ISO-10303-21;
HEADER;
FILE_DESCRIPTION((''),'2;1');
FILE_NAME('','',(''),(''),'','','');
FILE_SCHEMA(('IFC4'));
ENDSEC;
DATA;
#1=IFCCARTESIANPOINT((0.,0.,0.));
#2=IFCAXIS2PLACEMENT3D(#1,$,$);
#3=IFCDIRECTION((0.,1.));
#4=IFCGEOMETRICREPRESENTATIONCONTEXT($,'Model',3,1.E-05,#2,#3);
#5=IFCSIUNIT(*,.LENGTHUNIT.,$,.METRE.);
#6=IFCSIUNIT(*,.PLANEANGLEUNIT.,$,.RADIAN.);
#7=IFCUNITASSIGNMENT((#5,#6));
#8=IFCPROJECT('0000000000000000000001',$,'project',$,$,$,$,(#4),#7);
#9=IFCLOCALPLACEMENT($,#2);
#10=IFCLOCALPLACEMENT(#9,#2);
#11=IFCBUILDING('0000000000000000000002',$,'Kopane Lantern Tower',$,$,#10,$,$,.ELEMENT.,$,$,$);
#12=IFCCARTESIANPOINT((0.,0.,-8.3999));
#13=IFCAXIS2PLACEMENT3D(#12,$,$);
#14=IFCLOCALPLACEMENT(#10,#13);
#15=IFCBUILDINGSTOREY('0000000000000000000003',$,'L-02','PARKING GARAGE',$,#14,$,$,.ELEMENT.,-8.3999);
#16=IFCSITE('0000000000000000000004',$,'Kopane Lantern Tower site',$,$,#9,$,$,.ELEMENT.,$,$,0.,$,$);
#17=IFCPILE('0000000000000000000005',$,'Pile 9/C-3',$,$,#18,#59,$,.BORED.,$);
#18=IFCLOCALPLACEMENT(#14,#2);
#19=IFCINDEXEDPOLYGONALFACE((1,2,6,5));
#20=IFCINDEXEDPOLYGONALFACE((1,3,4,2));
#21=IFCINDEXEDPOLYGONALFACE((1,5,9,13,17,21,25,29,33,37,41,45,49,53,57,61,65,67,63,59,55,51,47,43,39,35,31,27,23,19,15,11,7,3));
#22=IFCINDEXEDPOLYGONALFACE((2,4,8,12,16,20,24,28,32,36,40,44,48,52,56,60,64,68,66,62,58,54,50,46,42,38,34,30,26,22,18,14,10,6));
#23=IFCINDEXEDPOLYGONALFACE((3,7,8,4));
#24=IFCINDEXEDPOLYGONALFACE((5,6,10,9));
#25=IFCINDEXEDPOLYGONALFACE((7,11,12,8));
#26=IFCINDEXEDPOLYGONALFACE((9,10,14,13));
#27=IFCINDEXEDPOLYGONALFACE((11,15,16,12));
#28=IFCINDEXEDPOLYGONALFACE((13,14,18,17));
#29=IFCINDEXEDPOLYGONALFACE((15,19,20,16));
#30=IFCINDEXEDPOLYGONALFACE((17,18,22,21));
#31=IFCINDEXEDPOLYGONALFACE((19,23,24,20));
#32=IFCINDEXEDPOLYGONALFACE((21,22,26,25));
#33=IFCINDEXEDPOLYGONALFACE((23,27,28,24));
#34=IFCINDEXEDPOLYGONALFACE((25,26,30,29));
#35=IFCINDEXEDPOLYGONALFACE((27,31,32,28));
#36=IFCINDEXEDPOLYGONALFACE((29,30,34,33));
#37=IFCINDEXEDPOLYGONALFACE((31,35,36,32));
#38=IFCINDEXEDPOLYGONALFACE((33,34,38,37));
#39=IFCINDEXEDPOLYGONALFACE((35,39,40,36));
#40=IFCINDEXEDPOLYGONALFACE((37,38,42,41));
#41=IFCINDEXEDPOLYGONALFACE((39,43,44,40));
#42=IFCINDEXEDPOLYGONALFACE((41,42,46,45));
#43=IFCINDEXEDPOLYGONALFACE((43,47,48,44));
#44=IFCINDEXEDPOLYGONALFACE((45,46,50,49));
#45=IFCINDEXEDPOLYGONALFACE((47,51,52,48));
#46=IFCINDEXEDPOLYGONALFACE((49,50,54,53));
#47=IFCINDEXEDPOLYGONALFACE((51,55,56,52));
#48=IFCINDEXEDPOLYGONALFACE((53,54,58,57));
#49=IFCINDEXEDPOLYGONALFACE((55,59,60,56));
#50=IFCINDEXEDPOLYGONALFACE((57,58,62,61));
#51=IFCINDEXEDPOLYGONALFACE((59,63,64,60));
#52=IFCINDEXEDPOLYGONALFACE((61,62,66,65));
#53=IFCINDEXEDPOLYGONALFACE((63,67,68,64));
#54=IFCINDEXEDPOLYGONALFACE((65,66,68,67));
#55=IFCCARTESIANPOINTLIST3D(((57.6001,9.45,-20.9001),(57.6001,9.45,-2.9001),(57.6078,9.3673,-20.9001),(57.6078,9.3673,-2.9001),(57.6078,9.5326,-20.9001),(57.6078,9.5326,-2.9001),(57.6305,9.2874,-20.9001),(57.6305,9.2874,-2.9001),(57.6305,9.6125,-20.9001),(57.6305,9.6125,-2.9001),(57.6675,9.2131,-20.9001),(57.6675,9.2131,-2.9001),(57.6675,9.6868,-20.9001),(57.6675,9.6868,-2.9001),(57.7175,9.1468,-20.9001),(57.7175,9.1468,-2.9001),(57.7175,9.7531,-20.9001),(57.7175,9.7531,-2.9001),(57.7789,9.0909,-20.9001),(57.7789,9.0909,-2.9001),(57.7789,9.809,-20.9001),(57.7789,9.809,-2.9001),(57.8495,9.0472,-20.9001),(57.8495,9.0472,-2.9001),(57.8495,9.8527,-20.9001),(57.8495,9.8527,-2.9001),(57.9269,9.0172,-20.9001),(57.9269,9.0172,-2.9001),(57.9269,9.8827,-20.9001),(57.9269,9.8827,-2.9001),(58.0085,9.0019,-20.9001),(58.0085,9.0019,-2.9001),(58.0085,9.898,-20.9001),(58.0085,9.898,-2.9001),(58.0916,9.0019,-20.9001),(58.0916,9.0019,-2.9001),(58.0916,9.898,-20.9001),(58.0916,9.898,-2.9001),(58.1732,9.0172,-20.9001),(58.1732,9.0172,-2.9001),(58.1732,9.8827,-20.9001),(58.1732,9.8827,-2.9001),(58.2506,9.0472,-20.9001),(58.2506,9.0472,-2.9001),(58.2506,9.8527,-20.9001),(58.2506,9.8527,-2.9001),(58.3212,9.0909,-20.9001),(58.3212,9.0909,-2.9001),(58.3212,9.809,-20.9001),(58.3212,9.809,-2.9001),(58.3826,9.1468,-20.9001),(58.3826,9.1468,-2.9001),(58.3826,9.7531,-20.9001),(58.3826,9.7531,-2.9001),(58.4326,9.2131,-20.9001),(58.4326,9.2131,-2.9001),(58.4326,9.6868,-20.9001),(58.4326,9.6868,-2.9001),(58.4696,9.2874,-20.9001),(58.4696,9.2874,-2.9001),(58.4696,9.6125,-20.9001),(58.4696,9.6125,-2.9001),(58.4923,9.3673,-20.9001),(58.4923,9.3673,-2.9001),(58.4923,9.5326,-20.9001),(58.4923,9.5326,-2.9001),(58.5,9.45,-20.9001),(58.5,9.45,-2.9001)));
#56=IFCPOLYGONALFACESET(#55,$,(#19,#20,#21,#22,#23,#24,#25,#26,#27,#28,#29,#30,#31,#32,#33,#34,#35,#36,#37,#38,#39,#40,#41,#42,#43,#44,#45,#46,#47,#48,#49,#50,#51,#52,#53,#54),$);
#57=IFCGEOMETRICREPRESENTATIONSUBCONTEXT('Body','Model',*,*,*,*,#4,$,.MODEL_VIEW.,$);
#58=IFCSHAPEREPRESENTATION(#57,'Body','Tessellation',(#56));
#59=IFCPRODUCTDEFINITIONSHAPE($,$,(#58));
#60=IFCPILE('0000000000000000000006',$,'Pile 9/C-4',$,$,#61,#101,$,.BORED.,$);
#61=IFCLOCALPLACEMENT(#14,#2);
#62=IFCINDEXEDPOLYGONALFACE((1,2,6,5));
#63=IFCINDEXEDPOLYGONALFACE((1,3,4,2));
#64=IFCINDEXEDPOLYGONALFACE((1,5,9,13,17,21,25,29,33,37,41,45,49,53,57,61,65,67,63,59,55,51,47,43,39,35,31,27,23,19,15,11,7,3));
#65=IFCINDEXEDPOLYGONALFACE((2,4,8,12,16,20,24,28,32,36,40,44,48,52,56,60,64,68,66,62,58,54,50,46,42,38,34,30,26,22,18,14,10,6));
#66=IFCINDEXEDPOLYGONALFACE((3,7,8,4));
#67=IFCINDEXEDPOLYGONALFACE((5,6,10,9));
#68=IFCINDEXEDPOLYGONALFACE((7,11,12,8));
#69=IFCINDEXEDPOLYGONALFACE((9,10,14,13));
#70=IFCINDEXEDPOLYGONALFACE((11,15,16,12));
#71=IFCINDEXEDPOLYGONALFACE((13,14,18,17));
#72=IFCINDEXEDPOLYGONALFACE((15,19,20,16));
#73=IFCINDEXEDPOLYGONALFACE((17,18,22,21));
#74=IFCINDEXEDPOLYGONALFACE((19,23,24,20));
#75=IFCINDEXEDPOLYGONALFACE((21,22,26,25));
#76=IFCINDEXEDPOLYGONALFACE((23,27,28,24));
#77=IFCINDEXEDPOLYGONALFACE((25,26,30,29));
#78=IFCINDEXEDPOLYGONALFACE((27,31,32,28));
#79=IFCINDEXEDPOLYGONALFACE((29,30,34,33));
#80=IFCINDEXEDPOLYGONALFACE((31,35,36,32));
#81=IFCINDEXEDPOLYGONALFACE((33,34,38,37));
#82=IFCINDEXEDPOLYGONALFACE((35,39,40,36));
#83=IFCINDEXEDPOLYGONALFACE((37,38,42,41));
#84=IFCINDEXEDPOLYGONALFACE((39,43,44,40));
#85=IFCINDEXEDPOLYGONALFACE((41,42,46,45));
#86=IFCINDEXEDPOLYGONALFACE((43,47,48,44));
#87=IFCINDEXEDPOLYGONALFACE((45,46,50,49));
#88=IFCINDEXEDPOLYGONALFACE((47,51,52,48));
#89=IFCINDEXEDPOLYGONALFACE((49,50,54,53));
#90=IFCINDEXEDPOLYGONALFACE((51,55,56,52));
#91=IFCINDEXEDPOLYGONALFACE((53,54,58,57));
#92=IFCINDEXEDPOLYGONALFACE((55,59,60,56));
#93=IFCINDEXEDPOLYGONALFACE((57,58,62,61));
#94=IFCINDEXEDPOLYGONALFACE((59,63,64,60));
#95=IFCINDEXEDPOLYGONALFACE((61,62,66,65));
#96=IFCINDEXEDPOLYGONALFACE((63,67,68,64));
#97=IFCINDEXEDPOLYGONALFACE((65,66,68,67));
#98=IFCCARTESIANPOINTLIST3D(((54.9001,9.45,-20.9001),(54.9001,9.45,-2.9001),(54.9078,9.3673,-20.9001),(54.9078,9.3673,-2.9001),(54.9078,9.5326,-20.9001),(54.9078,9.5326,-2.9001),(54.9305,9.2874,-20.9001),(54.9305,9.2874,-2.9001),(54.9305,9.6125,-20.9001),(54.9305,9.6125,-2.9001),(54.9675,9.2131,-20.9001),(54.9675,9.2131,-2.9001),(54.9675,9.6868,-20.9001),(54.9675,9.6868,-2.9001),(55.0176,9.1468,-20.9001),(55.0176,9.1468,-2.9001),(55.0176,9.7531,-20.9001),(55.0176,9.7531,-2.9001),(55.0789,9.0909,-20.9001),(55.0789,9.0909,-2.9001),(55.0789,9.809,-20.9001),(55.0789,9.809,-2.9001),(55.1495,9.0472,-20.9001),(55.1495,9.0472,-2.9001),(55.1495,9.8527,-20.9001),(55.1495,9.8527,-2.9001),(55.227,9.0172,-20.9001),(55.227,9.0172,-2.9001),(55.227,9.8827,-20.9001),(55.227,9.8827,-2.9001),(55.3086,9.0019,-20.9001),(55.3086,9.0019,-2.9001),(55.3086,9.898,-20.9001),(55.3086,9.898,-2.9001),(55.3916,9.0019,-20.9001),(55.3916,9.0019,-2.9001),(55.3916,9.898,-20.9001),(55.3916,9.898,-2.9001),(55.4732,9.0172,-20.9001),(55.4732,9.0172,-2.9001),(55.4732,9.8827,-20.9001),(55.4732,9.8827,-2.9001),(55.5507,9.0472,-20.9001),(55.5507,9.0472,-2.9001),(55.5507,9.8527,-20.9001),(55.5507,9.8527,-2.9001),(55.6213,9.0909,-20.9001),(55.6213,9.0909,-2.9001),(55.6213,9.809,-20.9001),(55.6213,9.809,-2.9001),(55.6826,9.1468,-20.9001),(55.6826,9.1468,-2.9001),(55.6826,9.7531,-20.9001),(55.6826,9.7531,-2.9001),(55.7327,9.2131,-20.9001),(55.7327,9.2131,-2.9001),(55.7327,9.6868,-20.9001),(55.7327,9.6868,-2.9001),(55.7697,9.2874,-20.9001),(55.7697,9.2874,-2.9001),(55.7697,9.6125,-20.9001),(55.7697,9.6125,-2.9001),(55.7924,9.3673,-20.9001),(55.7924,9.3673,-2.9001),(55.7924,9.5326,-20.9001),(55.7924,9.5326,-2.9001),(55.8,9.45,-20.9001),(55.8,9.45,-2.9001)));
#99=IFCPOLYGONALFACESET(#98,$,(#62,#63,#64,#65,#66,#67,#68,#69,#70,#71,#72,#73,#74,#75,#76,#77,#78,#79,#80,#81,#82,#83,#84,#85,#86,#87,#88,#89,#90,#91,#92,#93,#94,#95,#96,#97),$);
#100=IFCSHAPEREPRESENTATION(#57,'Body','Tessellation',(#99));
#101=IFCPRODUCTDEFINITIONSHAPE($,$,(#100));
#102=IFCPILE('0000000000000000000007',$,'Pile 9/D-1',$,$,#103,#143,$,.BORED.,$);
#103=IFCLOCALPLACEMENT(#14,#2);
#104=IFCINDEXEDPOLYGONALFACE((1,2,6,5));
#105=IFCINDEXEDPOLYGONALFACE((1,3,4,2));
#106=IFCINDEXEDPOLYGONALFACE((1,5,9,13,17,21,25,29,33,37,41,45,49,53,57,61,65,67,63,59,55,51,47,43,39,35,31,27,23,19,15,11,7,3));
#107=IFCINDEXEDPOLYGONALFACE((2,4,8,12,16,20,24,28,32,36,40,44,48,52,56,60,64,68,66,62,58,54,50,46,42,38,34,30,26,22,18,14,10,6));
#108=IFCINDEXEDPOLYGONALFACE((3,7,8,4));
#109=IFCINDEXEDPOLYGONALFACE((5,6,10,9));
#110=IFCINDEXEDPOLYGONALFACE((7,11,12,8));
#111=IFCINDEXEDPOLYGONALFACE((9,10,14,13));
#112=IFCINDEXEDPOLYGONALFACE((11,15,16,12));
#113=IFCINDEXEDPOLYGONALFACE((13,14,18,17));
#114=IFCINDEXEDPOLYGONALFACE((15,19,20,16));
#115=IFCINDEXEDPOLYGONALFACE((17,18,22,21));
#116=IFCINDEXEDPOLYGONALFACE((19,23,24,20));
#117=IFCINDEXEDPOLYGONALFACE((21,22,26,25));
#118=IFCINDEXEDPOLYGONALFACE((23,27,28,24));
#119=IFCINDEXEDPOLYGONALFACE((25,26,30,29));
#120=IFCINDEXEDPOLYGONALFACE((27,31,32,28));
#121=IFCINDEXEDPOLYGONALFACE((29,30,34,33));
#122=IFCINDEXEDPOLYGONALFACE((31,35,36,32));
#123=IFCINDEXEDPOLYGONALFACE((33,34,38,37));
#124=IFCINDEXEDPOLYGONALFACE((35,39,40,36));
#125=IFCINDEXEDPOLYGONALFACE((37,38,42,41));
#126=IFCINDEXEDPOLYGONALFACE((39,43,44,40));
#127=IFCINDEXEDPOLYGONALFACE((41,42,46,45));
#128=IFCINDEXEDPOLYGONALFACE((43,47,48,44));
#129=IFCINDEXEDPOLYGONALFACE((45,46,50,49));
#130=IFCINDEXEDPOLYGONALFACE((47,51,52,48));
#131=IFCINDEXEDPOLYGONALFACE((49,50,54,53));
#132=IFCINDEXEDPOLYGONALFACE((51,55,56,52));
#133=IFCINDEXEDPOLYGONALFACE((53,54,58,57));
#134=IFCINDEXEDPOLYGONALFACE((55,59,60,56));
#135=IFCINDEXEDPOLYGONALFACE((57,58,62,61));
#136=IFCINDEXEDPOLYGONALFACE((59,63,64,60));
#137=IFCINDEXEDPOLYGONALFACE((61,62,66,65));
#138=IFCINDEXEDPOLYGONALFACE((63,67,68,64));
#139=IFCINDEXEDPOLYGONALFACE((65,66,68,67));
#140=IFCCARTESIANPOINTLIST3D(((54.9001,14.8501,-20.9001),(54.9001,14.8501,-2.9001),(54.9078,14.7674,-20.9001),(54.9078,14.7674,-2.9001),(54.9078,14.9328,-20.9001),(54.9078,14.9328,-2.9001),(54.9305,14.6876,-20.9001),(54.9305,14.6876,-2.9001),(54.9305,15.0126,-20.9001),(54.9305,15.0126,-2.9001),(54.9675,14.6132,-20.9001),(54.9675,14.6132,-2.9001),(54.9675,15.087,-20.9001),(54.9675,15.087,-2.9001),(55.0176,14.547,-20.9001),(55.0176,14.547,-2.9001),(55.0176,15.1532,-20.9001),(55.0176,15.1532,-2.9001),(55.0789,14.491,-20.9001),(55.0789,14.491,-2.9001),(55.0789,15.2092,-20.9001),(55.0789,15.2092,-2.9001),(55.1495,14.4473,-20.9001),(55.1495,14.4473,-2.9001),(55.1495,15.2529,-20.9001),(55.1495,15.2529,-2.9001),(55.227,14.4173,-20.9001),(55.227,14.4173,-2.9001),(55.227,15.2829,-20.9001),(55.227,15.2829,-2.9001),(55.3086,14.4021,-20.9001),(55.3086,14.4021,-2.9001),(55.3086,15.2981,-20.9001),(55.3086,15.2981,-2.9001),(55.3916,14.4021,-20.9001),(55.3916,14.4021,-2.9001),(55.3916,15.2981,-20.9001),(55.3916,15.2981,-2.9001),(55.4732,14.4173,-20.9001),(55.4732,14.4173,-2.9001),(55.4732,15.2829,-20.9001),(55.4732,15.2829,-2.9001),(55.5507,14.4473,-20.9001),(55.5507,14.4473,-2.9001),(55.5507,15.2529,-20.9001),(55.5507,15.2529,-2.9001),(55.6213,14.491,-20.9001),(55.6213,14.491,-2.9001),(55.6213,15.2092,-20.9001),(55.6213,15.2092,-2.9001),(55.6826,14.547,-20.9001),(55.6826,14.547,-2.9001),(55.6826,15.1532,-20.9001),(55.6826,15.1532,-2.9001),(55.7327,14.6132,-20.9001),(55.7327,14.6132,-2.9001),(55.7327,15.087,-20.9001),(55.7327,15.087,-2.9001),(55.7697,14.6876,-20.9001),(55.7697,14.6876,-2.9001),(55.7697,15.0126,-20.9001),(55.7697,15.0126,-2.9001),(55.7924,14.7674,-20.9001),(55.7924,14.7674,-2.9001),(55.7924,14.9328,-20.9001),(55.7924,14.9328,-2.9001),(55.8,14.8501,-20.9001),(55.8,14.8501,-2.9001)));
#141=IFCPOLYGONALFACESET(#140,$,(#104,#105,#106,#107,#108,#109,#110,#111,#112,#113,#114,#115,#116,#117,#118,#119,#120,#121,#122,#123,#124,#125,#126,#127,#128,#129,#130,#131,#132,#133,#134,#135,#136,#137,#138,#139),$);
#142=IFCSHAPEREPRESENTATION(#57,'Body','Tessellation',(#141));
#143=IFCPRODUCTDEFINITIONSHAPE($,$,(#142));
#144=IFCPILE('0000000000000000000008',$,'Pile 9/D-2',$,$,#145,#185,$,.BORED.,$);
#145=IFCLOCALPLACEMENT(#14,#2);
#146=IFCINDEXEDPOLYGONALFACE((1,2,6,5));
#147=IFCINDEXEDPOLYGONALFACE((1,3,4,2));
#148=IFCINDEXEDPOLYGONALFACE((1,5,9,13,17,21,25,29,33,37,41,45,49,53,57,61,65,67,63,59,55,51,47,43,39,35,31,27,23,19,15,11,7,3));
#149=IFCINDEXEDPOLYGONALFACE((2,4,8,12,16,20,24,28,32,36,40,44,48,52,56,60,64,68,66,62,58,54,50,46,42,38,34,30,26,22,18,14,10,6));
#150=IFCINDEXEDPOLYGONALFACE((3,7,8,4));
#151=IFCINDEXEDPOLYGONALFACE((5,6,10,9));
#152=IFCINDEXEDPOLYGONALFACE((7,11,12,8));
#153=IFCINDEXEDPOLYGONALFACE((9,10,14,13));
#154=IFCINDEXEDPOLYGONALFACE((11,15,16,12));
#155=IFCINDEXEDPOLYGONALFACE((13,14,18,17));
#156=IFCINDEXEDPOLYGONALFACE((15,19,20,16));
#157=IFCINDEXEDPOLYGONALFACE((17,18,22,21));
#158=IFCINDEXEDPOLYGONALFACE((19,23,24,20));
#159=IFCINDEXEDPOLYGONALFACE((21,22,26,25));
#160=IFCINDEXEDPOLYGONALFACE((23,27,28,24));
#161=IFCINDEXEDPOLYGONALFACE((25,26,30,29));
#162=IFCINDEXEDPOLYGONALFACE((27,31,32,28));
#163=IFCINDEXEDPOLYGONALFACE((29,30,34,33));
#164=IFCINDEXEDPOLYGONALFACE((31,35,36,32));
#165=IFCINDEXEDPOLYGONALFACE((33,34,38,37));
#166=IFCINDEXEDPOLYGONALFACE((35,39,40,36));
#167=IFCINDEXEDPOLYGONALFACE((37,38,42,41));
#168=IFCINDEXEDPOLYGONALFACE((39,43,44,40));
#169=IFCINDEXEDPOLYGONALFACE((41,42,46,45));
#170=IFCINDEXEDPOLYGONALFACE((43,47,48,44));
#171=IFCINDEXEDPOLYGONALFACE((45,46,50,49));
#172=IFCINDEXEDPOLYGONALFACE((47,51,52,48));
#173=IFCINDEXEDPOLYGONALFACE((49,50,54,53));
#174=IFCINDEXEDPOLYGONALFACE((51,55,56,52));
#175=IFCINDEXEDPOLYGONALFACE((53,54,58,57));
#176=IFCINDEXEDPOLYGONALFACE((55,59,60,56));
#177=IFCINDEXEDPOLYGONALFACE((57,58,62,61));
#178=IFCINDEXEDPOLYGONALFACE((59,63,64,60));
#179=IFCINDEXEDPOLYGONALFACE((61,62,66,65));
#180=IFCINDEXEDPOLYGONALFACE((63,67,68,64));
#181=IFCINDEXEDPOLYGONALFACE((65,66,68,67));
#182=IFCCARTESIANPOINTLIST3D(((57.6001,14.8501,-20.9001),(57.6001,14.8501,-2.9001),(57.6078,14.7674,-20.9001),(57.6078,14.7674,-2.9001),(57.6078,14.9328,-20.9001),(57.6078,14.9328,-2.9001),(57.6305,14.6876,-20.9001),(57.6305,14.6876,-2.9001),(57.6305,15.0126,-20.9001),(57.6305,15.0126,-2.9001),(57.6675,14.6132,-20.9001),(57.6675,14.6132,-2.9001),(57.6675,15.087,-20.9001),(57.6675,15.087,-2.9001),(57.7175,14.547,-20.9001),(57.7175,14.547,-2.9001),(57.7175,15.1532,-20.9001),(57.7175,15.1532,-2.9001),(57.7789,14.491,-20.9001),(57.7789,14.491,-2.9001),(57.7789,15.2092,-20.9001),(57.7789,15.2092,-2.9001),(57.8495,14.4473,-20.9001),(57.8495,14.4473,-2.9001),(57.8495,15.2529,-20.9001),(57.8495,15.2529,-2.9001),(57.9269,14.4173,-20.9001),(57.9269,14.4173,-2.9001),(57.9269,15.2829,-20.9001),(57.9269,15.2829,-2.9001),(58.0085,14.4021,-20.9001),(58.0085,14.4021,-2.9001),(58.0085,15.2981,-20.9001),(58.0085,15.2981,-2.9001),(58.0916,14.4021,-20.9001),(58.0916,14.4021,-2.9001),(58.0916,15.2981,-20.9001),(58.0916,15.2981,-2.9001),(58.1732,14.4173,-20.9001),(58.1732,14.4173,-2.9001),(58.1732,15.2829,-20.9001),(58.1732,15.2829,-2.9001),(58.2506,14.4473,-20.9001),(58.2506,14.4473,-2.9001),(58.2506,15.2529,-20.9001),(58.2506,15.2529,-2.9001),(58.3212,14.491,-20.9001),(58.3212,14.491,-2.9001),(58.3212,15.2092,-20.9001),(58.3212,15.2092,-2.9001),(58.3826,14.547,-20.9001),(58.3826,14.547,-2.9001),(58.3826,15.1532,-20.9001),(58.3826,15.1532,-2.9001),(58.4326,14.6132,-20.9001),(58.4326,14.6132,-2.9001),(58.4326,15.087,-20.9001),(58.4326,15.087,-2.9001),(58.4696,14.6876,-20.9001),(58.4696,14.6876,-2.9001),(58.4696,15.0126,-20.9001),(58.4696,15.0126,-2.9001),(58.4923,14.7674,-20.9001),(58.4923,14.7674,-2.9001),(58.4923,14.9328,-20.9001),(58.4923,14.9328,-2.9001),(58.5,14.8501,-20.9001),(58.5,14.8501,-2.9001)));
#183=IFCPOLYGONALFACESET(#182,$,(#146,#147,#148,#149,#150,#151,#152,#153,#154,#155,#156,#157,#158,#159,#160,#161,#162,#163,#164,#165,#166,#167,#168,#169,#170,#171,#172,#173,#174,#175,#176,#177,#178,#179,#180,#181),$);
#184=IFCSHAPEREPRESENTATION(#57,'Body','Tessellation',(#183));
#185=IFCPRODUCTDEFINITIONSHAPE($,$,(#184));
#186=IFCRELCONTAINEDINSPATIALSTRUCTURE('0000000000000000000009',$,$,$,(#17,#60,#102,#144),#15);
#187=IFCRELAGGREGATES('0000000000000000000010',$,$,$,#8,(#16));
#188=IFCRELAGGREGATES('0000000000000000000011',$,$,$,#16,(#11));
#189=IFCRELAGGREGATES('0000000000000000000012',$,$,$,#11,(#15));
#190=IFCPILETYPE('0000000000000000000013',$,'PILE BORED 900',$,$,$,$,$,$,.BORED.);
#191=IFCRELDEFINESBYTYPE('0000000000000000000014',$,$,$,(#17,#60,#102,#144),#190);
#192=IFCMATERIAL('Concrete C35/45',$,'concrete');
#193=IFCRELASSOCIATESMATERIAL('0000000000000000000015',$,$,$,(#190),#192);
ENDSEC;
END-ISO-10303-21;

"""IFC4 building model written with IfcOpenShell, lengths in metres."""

from ifc_helpers import new_model, si_unit, direction, frame, origin, origin_2d, place, context, subcontext, project, spatial, circle, extrude, material, material_profile, profile_set, type_object, element, save


model = new_model("IFC4")

# Units and contexts
model_context = context("Model", 3, precision=1e-05, world=origin(), true_north=direction((0.0, 1.0)))
body_context = subcontext(model_context, "Body", "Model", "MODEL_VIEW")
ifc_project = project(units=[si_unit("LENGTHUNIT", "METRE"), si_unit("PLANEANGLEUNIT", "RADIAN")], contexts=[model_context])

# Site, building, storey
site_placement = place(None, origin())
site = spatial("IfcSite", under=ifc_project, at=site_placement, Name="Kopane Lantern Tower site", CompositionType="ELEMENT", RefElevation=0.0)
building_placement = place(site_placement, origin())
building = spatial("IfcBuilding", under=site, at=building_placement, Name="Kopane Lantern Tower", CompositionType="ELEMENT")
storey_placement = place(building_placement, frame((0.0, 0.0, -8.3999)))
storey = spatial("IfcBuildingStorey", under=building, at=storey_placement, Name="L-02", Description="PARKING GARAGE", CompositionType="ELEMENT", Elevation=-8.3999)

# Piles
ifc_material_1 = material(Name="Concrete C35/45", Category="concrete")
ifc_material_profile_1 = material_profile(ifc_material_1, circle(Radius=0.45, at=origin_2d()), Name="D900")
ifc_profile_set_1 = profile_set([ifc_material_profile_1], Name="Concrete C35/45")
pile_type = type_object("IfcPileType", Name="PILE BORED 900", PredefinedType="BORED", material=ifc_profile_set_1)
for number, where, z_axis, x_axis, name in (
    (1, (58.05, 9.45, -2.9001), (0.0, 0.0, -1.0), (1.0, 0.0, 0.0), "Pile 9/C-3"),
    (2, (55.3501, 9.45, -2.9001), (0.0, 0.0, -1.0), (1.0, 0.0, 0.0), "Pile 9/C-4"),
    (3, (55.3501, 14.8501, -2.9001), (0.0, 0.0, -1.0), (1.0, 0.0, 0.0), "Pile 9/D-1"),
    (4, (58.05, 14.8501, -2.9001), (0.0, 0.0, -1.0), (1.0, 0.0, 0.0), "Pile 9/D-2"),
):
    element("IfcPile", number, at=place(storey_placement, frame(where, z_axis=z_axis, x_axis=x_axis)), inside=storey, type_object=pile_type, Name=name, PredefinedType="BORED", context=body_context, shape_type="SweptSolid", body=[
        extrude(circle(Radius=0.45, at=origin_2d()), origin(), (0.0, 0.0, 1.0), 18.0),
    ])

save(model, "model.ifc")
